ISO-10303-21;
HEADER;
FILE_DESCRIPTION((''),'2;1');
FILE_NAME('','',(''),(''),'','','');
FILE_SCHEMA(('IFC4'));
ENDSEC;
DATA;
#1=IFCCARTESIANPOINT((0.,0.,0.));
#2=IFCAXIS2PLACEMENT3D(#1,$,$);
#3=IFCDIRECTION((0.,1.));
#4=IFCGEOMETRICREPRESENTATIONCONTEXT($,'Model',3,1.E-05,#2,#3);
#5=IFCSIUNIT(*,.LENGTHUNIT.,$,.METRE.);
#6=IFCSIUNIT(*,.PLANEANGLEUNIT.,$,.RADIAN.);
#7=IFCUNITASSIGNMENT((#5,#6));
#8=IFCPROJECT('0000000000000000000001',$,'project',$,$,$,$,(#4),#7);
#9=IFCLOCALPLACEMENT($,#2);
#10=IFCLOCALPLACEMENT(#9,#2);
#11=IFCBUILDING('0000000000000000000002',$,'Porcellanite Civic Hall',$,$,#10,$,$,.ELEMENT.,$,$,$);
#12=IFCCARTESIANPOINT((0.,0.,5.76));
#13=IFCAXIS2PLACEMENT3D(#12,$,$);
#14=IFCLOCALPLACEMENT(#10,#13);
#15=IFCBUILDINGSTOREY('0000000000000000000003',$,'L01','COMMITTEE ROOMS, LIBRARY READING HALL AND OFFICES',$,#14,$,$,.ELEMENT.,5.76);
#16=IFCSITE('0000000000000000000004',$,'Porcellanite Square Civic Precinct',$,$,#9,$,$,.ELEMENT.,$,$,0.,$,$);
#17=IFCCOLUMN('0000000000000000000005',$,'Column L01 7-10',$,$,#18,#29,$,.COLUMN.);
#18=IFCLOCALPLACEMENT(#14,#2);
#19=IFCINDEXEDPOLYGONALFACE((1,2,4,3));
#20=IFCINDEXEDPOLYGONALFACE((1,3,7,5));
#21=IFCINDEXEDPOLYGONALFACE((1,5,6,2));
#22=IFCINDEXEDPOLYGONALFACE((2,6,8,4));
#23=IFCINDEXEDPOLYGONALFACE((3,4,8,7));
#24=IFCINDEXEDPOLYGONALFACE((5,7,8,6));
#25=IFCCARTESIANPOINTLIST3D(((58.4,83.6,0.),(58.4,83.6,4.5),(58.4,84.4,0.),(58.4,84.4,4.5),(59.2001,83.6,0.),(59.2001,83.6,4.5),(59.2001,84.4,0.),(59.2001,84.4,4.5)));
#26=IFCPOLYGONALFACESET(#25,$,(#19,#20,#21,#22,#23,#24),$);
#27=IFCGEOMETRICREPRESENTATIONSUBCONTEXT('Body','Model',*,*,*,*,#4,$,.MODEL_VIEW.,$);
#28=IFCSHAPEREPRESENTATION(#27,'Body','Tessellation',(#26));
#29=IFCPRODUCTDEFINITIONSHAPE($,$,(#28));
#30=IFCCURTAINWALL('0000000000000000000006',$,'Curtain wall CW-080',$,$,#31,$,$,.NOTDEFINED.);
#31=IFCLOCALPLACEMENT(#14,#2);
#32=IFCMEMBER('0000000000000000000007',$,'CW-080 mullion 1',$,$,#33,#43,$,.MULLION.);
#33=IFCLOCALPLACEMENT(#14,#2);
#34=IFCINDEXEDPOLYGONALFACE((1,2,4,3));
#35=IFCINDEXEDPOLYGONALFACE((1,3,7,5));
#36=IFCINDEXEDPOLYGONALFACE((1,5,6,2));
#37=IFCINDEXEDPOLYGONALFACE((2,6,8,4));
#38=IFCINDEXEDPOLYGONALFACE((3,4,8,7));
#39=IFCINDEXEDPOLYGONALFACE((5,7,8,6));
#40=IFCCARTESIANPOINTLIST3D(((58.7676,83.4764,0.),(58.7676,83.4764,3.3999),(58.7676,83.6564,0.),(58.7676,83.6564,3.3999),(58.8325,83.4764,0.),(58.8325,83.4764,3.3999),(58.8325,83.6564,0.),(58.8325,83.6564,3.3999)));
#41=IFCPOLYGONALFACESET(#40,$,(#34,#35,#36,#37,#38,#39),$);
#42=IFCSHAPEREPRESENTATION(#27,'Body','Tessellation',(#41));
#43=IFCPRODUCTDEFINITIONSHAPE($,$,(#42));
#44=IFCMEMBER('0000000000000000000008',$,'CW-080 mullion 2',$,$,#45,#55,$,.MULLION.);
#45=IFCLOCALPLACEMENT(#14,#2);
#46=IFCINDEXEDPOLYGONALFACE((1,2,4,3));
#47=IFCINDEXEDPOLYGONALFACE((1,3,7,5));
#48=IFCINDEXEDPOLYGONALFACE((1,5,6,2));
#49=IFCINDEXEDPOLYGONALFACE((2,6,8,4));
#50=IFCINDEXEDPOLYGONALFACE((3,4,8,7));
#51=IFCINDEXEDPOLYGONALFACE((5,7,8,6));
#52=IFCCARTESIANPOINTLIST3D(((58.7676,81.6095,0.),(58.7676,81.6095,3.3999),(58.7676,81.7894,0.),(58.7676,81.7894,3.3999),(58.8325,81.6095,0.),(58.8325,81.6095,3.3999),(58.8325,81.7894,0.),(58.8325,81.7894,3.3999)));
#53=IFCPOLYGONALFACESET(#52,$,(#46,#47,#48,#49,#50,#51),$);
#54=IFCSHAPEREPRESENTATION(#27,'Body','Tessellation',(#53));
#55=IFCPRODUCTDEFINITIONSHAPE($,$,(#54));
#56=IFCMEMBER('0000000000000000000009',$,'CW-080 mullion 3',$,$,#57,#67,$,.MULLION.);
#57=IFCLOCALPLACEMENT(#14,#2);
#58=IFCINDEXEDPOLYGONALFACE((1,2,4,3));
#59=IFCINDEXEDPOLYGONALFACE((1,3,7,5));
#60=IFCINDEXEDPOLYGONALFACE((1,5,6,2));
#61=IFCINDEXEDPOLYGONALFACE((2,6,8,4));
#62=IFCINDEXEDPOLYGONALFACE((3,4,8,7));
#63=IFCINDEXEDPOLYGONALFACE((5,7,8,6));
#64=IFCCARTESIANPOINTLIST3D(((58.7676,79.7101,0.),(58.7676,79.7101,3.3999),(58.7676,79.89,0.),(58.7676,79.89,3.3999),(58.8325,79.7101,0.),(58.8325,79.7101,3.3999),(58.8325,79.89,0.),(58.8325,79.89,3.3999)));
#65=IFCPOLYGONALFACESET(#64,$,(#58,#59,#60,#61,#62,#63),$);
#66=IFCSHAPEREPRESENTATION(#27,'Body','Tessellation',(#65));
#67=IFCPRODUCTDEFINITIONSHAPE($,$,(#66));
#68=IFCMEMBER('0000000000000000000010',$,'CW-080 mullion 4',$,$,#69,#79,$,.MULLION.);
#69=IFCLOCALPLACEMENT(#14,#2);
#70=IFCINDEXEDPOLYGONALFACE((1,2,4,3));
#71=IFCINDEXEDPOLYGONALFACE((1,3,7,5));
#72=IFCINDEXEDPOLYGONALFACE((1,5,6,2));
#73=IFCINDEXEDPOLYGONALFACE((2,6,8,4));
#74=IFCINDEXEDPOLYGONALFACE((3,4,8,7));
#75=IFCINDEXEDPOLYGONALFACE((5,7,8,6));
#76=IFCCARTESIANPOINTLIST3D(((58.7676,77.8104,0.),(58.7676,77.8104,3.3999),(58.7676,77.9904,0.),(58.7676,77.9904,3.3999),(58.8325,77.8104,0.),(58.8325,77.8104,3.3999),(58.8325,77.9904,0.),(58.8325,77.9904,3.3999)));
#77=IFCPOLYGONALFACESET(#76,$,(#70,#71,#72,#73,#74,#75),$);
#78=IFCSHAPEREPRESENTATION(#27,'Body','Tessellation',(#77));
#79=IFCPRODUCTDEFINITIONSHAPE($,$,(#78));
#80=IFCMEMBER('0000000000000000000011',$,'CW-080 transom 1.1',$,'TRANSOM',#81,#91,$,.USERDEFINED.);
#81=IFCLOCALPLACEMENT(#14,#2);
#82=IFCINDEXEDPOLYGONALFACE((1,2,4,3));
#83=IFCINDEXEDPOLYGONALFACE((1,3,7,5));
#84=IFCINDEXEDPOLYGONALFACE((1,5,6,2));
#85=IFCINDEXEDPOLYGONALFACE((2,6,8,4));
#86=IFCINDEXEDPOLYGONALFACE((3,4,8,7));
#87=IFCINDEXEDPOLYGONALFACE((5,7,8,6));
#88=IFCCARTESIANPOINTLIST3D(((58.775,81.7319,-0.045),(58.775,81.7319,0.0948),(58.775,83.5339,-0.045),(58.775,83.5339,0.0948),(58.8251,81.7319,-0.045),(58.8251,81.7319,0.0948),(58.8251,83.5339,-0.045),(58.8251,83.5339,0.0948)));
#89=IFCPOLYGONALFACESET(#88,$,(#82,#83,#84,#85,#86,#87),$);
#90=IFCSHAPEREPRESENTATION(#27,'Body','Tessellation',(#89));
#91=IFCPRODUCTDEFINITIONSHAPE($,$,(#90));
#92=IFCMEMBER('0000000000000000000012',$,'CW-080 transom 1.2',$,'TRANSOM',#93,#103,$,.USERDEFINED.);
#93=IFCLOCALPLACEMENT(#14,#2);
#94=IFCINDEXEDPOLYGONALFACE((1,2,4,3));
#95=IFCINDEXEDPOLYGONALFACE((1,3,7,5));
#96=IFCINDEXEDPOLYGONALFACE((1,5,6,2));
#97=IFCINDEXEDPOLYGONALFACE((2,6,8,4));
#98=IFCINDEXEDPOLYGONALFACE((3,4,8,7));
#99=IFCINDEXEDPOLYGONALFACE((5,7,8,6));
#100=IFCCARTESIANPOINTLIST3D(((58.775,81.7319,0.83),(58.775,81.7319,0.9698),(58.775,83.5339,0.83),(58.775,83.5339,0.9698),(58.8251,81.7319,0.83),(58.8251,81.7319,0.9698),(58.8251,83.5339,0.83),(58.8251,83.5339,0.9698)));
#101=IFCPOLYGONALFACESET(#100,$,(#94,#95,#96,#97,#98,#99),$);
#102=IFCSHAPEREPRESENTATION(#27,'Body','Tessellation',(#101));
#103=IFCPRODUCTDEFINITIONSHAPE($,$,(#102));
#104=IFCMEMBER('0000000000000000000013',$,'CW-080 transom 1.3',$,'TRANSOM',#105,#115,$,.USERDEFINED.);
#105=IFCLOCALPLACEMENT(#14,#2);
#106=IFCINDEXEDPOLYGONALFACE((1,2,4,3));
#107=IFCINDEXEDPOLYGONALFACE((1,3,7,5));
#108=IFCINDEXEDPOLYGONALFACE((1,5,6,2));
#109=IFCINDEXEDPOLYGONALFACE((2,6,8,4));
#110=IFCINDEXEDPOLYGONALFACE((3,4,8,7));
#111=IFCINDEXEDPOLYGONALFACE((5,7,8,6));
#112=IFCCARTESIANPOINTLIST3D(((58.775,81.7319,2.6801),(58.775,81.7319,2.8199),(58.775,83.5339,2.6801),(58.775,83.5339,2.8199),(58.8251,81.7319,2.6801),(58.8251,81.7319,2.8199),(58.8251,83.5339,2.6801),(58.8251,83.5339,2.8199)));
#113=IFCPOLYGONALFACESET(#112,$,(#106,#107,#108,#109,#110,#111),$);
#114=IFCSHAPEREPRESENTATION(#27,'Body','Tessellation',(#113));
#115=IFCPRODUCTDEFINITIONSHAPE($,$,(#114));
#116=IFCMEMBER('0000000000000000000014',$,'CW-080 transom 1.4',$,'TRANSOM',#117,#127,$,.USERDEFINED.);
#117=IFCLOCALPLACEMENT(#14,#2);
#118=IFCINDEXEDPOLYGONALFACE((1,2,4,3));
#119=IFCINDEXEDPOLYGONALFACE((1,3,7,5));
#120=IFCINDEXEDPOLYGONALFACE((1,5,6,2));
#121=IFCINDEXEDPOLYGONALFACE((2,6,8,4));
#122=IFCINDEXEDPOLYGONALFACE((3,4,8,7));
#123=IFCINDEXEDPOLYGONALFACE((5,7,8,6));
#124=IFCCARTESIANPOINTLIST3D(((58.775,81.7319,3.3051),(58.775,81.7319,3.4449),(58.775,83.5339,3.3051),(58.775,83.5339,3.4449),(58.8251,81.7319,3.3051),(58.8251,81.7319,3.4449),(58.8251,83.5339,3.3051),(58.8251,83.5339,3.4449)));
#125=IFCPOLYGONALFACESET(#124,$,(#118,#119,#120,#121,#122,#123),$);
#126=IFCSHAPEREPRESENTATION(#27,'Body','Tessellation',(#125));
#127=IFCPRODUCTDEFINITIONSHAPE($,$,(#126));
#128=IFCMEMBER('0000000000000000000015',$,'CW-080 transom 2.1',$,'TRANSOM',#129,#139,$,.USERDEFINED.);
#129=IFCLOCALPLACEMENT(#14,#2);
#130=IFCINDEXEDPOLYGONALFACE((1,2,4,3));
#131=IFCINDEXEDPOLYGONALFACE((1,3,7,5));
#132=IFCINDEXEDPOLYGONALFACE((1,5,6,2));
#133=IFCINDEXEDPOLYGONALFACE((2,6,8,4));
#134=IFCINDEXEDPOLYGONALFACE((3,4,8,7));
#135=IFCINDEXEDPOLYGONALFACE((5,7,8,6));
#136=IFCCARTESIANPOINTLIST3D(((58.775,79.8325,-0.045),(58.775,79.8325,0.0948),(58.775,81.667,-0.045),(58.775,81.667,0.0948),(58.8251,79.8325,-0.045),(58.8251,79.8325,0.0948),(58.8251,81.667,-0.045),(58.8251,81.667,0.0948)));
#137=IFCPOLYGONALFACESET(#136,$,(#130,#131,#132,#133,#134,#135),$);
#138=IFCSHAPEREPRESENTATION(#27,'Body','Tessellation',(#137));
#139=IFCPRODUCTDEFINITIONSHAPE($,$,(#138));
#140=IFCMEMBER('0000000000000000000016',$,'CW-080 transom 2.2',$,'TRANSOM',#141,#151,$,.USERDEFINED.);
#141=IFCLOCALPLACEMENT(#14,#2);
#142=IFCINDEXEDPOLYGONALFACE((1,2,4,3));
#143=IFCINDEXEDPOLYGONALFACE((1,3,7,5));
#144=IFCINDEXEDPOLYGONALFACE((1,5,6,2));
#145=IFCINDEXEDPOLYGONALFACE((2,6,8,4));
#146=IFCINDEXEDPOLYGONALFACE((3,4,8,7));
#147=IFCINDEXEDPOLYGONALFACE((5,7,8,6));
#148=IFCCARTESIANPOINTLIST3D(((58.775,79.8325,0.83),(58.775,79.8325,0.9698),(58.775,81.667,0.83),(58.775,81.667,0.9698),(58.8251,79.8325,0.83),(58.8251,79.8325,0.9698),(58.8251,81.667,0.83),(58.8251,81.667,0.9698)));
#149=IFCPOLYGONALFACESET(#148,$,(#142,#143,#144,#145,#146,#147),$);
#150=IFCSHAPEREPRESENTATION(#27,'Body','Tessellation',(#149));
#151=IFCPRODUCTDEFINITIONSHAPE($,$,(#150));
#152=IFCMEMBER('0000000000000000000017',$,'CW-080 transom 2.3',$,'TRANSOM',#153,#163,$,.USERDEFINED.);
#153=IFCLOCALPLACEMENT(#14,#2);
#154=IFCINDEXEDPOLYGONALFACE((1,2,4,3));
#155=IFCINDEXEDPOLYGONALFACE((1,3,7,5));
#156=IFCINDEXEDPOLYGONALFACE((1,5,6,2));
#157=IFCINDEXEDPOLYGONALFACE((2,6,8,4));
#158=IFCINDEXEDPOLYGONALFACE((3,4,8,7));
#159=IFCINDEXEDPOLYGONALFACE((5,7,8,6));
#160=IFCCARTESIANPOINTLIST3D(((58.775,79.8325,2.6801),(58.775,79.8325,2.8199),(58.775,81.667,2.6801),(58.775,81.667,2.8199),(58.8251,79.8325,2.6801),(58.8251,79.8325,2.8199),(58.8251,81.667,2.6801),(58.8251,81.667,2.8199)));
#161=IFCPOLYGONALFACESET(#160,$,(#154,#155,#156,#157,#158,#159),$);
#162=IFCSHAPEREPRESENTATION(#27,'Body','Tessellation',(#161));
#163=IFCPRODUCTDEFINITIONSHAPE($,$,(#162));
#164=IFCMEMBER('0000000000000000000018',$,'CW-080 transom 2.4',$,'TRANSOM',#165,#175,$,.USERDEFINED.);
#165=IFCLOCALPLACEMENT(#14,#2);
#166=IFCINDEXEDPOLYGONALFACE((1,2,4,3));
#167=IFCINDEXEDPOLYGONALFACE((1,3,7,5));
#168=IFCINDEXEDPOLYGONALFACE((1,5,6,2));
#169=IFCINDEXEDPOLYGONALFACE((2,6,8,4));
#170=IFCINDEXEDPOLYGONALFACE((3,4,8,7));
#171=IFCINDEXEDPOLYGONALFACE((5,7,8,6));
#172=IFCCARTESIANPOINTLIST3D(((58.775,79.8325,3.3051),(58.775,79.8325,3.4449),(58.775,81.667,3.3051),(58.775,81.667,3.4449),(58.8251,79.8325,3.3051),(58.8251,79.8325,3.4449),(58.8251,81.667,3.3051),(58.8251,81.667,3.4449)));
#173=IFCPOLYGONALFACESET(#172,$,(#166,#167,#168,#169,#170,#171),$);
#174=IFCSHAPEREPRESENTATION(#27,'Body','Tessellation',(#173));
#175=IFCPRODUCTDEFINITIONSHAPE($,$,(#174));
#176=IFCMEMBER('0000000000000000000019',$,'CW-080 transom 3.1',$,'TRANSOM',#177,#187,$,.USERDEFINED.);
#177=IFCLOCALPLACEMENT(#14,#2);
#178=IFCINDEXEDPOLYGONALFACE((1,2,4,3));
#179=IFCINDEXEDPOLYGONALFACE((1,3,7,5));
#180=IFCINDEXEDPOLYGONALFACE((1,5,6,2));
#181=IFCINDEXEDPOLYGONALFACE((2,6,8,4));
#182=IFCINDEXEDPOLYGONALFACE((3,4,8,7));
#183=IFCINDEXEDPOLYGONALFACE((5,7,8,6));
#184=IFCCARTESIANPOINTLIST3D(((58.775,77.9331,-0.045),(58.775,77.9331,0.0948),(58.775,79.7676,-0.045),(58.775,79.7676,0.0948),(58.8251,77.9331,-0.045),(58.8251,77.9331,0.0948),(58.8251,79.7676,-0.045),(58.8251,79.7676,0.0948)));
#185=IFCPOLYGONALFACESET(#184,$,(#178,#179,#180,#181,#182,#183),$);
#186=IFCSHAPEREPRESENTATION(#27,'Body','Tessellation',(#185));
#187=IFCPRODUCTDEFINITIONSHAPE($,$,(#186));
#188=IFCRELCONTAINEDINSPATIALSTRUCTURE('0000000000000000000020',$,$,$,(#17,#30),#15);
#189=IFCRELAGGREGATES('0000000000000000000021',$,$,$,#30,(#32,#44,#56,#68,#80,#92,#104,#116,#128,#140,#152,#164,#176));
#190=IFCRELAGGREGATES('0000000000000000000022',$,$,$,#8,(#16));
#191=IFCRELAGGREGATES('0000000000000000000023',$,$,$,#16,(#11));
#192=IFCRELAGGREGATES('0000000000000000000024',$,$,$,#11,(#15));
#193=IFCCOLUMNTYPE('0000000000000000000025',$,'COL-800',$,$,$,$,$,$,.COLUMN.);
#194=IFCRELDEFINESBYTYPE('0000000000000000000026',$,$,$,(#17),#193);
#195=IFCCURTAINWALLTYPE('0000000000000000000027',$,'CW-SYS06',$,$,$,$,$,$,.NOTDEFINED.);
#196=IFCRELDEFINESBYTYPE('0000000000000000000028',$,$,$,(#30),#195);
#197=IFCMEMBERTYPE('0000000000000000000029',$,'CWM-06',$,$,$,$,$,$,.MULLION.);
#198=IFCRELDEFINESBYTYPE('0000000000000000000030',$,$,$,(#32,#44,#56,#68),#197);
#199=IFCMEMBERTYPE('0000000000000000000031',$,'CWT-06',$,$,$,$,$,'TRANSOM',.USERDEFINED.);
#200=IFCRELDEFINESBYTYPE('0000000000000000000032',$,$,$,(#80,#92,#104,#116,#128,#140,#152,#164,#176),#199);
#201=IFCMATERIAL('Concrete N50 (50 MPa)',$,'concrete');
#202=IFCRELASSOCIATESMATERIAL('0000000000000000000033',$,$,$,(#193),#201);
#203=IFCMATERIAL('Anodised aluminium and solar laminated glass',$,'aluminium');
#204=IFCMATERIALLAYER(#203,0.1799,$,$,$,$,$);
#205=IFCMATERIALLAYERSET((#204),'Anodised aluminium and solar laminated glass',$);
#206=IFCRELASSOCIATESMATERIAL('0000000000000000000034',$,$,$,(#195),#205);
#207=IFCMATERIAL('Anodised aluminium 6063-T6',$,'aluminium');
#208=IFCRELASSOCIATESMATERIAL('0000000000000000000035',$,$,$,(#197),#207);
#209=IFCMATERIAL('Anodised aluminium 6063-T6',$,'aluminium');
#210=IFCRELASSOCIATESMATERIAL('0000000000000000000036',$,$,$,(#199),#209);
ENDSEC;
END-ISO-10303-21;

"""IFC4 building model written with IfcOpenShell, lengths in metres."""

from ifc_helpers import new_model, si_unit, direction, frame, origin, origin_2d, place, context, subcontext, project, spatial, rectangle, extrude, material, layer, layer_set, material_profile, profile_set, type_object, element, aggregate, save


model = new_model("IFC4")

# Units and contexts
model_context = context("Model", 3, precision=1e-05, world=origin(), true_north=direction((0.0, 1.0)))
body_context = subcontext(model_context, "Body", "Model", "MODEL_VIEW")
ifc_project = project(units=[si_unit("LENGTHUNIT", "METRE"), si_unit("PLANEANGLEUNIT", "RADIAN")], contexts=[model_context])

# Site, building, storey
site_placement = place(None, origin())
site = spatial("IfcSite", under=ifc_project, at=site_placement, Name="Porcellanite Square Civic Precinct", CompositionType="ELEMENT", RefElevation=0.0)
building_placement = place(site_placement, origin())
building = spatial("IfcBuilding", under=site, at=building_placement, Name="Porcellanite Civic Hall", CompositionType="ELEMENT")
storey_placement = place(building_placement, frame((0.0, 0.0, 5.76)))
storey = spatial("IfcBuildingStorey", under=building, at=storey_placement, Name="L01", Description="COMMITTEE ROOMS, LIBRARY READING HALL AND OFFICES", CompositionType="ELEMENT", Elevation=5.76)

# Column
ifc_material_1 = material(Name="Concrete N50 (50 MPa)", Category="concrete")
ifc_material_profile_1 = material_profile(ifc_material_1, rectangle(XDim=0.8, YDim=0.8, at=origin_2d()), Name="RC-800x800")
ifc_profile_set_1 = profile_set([ifc_material_profile_1], Name="Concrete N50 (50 MPa)")
column_type = type_object("IfcColumnType", Name="COL-800", PredefinedType="COLUMN", material=ifc_profile_set_1)
column_placement = place(storey_placement, frame((58.8, 84.0, 0.0), z_axis=(0.0, 0.0, 1.0), x_axis=(1.0, 0.0, 0.0)))
element("IfcColumn", 1, at=column_placement, inside=storey, type_object=column_type, Name="Column L01 7-10", PredefinedType="COLUMN", context=body_context, shape_type="SweptSolid", body=[
    extrude(rectangle(XDim=0.8, YDim=0.8, at=origin_2d()), origin(), (0.0, 0.0, 1.0), 4.5),
])

# Curtain wall, members
ifc_material_2 = material(Name="Anodised aluminium and solar laminated glass", Category="aluminium")
ifc_layer_1 = layer(ifc_material_2, 0.1799)
ifc_layer_set_1 = layer_set([ifc_layer_1], Name="Anodised aluminium and solar laminated glass")
curtain_wall_type = type_object("IfcCurtainWallType", Name="CW-SYS06", PredefinedType="NOTDEFINED", material=ifc_layer_set_1)
curtain_wall_placement = place(storey_placement, origin())
curtain_wall = element("IfcCurtainWall", 2, at=curtain_wall_placement, inside=storey, type_object=curtain_wall_type, Name="Curtain wall CW-080", PredefinedType="NOTDEFINED")
ifc_material_3 = material(Name="Anodised aluminium 6063-T6", Category="aluminium")
ifc_material_profile_2 = material_profile(ifc_material_3, rectangle(XDim=0.0649, YDim=0.1799, at=origin_2d()), Name="AL-65x180")
ifc_profile_set_2 = profile_set([ifc_material_profile_2], Name="Anodised aluminium 6063-T6")
member_type_1 = type_object("IfcMemberType", Name="CWM-06", PredefinedType="MULLION", material=ifc_profile_set_2)
member_1_placement = place(storey_placement, frame((58.8, 83.5664, 0.0), z_axis=(0.0, 0.0, 1.0), x_axis=(1.0, 0.0, 0.0)))
member_1 = element("IfcMember", 3, at=member_1_placement, type_object=member_type_1, Name="CW-080 mullion 1", PredefinedType="MULLION", context=body_context, shape_type="SweptSolid", body=[
    extrude(rectangle(XDim=0.0649, YDim=0.1799, at=origin_2d()), origin(), (0.0, 0.0, 1.0), 3.3999),
])
member_2_placement = place(storey_placement, frame((58.8, 81.6995, 0.0), z_axis=(0.0, 0.0, 1.0), x_axis=(1.0, 0.0, 0.0)))
member_2 = element("IfcMember", 4, at=member_2_placement, type_object=member_type_1, Name="CW-080 mullion 2", PredefinedType="MULLION", context=body_context, shape_type="SweptSolid", body=[
    extrude(rectangle(XDim=0.0649, YDim=0.1799, at=origin_2d()), origin(), (0.0, 0.0, 1.0), 3.3999),
])
member_3_placement = place(storey_placement, frame((58.8, 79.8, 0.0), z_axis=(0.0, 0.0, 1.0), x_axis=(1.0, 0.0, 0.0)))
member_3 = element("IfcMember", 5, at=member_3_placement, type_object=member_type_1, Name="CW-080 mullion 3", PredefinedType="MULLION", context=body_context, shape_type="SweptSolid", body=[
    extrude(rectangle(XDim=0.0649, YDim=0.1799, at=origin_2d()), origin(), (0.0, 0.0, 1.0), 3.3999),
])
member_4_placement = place(storey_placement, frame((58.8, 77.9004, 0.0), z_axis=(0.0, 0.0, 1.0), x_axis=(1.0, 0.0, 0.0)))
member_4 = element("IfcMember", 6, at=member_4_placement, type_object=member_type_1, Name="CW-080 mullion 4", PredefinedType="MULLION", context=body_context, shape_type="SweptSolid", body=[
    extrude(rectangle(XDim=0.0649, YDim=0.1799, at=origin_2d()), origin(), (0.0, 0.0, 1.0), 3.3999),
])
ifc_material_4 = material(Name="Anodised aluminium 6063-T6", Category="aluminium")
ifc_material_profile_3 = material_profile(ifc_material_4, rectangle(XDim=0.05, YDim=0.1399, at=origin_2d()), Name="AL-50x140")
ifc_profile_set_3 = profile_set([ifc_material_profile_3], Name="Anodised aluminium 6063-T6")
member_type_2 = type_object("IfcMemberType", Name="CWT-06", ElementType="TRANSOM", PredefinedType="USERDEFINED", material=ifc_profile_set_3)
member_5_placement = place(storey_placement, frame((58.8, 83.5339, 0.0249), z_axis=(0.0, -1.0, 0.0), x_axis=(1.0, 0.0, 0.0)))
member_5 = element("IfcMember", 7, at=member_5_placement, type_object=member_type_2, Name="CW-080 transom 1.1", ObjectType="TRANSOM", PredefinedType="USERDEFINED", context=body_context, shape_type="SweptSolid", body=[
    extrude(rectangle(XDim=0.05, YDim=0.1399, at=origin_2d()), origin(), (0.0, 0.0, 1.0), 1.802),
])
member_6_placement = place(storey_placement, frame((58.8, 83.5339, 0.8999), z_axis=(0.0, -1.0, 0.0), x_axis=(1.0, 0.0, 0.0)))
member_6 = element("IfcMember", 8, at=member_6_placement, type_object=member_type_2, Name="CW-080 transom 1.2", ObjectType="TRANSOM", PredefinedType="USERDEFINED", context=body_context, shape_type="SweptSolid", body=[
    extrude(rectangle(XDim=0.05, YDim=0.1399, at=origin_2d()), origin(), (0.0, 0.0, 1.0), 1.802),
])
member_7_placement = place(storey_placement, frame((58.8, 83.5339, 2.75), z_axis=(0.0, -1.0, 0.0), x_axis=(1.0, 0.0, 0.0)))
member_7 = element("IfcMember", 9, at=member_7_placement, type_object=member_type_2, Name="CW-080 transom 1.3", ObjectType="TRANSOM", PredefinedType="USERDEFINED", context=body_context, shape_type="SweptSolid", body=[
    extrude(rectangle(XDim=0.05, YDim=0.1399, at=origin_2d()), origin(), (0.0, 0.0, 1.0), 1.802),
])
member_8_placement = place(storey_placement, frame((58.8, 83.5339, 3.375), z_axis=(0.0, -1.0, 0.0), x_axis=(1.0, 0.0, 0.0)))
member_8 = element("IfcMember", 10, at=member_8_placement, type_object=member_type_2, Name="CW-080 transom 1.4", ObjectType="TRANSOM", PredefinedType="USERDEFINED", context=body_context, shape_type="SweptSolid", body=[
    extrude(rectangle(XDim=0.05, YDim=0.1399, at=origin_2d()), origin(), (0.0, 0.0, 1.0), 1.802),
])
member_9_placement = place(storey_placement, frame((58.8, 81.667, 0.0249), z_axis=(0.0, -1.0, 0.0), x_axis=(1.0, 0.0, 0.0)))
member_9 = element("IfcMember", 11, at=member_9_placement, type_object=member_type_2, Name="CW-080 transom 2.1", ObjectType="TRANSOM", PredefinedType="USERDEFINED", context=body_context, shape_type="SweptSolid", body=[
    extrude(rectangle(XDim=0.05, YDim=0.1399, at=origin_2d()), origin(), (0.0, 0.0, 1.0), 1.8345),
])
member_10_placement = place(storey_placement, frame((58.8, 81.667, 0.8999), z_axis=(0.0, -1.0, 0.0), x_axis=(1.0, 0.0, 0.0)))
member_10 = element("IfcMember", 12, at=member_10_placement, type_object=member_type_2, Name="CW-080 transom 2.2", ObjectType="TRANSOM", PredefinedType="USERDEFINED", context=body_context, shape_type="SweptSolid", body=[
    extrude(rectangle(XDim=0.05, YDim=0.1399, at=origin_2d()), origin(), (0.0, 0.0, 1.0), 1.8345),
])
member_11_placement = place(storey_placement, frame((58.8, 81.667, 2.75), z_axis=(0.0, -1.0, 0.0), x_axis=(1.0, 0.0, 0.0)))
member_11 = element("IfcMember", 13, at=member_11_placement, type_object=member_type_2, Name="CW-080 transom 2.3", ObjectType="TRANSOM", PredefinedType="USERDEFINED", context=body_context, shape_type="SweptSolid", body=[
    extrude(rectangle(XDim=0.05, YDim=0.1399, at=origin_2d()), origin(), (0.0, 0.0, 1.0), 1.8345),
])
member_12_placement = place(storey_placement, frame((58.8, 81.667, 3.375), z_axis=(0.0, -1.0, 0.0), x_axis=(1.0, 0.0, 0.0)))
member_12 = element("IfcMember", 14, at=member_12_placement, type_object=member_type_2, Name="CW-080 transom 2.4", ObjectType="TRANSOM", PredefinedType="USERDEFINED", context=body_context, shape_type="SweptSolid", body=[
    extrude(rectangle(XDim=0.05, YDim=0.1399, at=origin_2d()), origin(), (0.0, 0.0, 1.0), 1.8345),
])
member_13_placement = place(storey_placement, frame((58.8, 79.7676, 0.0249), z_axis=(0.0, -1.0, 0.0), x_axis=(1.0, 0.0, 0.0)))
member_13 = element("IfcMember", 15, at=member_13_placement, type_object=member_type_2, Name="CW-080 transom 3.1", ObjectType="TRANSOM", PredefinedType="USERDEFINED", context=body_context, shape_type="SweptSolid", body=[
    extrude(rectangle(XDim=0.05, YDim=0.1399, at=origin_2d()), origin(), (0.0, 0.0, 1.0), 1.8345),
])

aggregate(curtain_wall, [member_1, member_2, member_3, member_4, member_5, member_6, member_7, member_8, member_9, member_10, member_11, member_12, member_13])

save(model, "model.ifc")
